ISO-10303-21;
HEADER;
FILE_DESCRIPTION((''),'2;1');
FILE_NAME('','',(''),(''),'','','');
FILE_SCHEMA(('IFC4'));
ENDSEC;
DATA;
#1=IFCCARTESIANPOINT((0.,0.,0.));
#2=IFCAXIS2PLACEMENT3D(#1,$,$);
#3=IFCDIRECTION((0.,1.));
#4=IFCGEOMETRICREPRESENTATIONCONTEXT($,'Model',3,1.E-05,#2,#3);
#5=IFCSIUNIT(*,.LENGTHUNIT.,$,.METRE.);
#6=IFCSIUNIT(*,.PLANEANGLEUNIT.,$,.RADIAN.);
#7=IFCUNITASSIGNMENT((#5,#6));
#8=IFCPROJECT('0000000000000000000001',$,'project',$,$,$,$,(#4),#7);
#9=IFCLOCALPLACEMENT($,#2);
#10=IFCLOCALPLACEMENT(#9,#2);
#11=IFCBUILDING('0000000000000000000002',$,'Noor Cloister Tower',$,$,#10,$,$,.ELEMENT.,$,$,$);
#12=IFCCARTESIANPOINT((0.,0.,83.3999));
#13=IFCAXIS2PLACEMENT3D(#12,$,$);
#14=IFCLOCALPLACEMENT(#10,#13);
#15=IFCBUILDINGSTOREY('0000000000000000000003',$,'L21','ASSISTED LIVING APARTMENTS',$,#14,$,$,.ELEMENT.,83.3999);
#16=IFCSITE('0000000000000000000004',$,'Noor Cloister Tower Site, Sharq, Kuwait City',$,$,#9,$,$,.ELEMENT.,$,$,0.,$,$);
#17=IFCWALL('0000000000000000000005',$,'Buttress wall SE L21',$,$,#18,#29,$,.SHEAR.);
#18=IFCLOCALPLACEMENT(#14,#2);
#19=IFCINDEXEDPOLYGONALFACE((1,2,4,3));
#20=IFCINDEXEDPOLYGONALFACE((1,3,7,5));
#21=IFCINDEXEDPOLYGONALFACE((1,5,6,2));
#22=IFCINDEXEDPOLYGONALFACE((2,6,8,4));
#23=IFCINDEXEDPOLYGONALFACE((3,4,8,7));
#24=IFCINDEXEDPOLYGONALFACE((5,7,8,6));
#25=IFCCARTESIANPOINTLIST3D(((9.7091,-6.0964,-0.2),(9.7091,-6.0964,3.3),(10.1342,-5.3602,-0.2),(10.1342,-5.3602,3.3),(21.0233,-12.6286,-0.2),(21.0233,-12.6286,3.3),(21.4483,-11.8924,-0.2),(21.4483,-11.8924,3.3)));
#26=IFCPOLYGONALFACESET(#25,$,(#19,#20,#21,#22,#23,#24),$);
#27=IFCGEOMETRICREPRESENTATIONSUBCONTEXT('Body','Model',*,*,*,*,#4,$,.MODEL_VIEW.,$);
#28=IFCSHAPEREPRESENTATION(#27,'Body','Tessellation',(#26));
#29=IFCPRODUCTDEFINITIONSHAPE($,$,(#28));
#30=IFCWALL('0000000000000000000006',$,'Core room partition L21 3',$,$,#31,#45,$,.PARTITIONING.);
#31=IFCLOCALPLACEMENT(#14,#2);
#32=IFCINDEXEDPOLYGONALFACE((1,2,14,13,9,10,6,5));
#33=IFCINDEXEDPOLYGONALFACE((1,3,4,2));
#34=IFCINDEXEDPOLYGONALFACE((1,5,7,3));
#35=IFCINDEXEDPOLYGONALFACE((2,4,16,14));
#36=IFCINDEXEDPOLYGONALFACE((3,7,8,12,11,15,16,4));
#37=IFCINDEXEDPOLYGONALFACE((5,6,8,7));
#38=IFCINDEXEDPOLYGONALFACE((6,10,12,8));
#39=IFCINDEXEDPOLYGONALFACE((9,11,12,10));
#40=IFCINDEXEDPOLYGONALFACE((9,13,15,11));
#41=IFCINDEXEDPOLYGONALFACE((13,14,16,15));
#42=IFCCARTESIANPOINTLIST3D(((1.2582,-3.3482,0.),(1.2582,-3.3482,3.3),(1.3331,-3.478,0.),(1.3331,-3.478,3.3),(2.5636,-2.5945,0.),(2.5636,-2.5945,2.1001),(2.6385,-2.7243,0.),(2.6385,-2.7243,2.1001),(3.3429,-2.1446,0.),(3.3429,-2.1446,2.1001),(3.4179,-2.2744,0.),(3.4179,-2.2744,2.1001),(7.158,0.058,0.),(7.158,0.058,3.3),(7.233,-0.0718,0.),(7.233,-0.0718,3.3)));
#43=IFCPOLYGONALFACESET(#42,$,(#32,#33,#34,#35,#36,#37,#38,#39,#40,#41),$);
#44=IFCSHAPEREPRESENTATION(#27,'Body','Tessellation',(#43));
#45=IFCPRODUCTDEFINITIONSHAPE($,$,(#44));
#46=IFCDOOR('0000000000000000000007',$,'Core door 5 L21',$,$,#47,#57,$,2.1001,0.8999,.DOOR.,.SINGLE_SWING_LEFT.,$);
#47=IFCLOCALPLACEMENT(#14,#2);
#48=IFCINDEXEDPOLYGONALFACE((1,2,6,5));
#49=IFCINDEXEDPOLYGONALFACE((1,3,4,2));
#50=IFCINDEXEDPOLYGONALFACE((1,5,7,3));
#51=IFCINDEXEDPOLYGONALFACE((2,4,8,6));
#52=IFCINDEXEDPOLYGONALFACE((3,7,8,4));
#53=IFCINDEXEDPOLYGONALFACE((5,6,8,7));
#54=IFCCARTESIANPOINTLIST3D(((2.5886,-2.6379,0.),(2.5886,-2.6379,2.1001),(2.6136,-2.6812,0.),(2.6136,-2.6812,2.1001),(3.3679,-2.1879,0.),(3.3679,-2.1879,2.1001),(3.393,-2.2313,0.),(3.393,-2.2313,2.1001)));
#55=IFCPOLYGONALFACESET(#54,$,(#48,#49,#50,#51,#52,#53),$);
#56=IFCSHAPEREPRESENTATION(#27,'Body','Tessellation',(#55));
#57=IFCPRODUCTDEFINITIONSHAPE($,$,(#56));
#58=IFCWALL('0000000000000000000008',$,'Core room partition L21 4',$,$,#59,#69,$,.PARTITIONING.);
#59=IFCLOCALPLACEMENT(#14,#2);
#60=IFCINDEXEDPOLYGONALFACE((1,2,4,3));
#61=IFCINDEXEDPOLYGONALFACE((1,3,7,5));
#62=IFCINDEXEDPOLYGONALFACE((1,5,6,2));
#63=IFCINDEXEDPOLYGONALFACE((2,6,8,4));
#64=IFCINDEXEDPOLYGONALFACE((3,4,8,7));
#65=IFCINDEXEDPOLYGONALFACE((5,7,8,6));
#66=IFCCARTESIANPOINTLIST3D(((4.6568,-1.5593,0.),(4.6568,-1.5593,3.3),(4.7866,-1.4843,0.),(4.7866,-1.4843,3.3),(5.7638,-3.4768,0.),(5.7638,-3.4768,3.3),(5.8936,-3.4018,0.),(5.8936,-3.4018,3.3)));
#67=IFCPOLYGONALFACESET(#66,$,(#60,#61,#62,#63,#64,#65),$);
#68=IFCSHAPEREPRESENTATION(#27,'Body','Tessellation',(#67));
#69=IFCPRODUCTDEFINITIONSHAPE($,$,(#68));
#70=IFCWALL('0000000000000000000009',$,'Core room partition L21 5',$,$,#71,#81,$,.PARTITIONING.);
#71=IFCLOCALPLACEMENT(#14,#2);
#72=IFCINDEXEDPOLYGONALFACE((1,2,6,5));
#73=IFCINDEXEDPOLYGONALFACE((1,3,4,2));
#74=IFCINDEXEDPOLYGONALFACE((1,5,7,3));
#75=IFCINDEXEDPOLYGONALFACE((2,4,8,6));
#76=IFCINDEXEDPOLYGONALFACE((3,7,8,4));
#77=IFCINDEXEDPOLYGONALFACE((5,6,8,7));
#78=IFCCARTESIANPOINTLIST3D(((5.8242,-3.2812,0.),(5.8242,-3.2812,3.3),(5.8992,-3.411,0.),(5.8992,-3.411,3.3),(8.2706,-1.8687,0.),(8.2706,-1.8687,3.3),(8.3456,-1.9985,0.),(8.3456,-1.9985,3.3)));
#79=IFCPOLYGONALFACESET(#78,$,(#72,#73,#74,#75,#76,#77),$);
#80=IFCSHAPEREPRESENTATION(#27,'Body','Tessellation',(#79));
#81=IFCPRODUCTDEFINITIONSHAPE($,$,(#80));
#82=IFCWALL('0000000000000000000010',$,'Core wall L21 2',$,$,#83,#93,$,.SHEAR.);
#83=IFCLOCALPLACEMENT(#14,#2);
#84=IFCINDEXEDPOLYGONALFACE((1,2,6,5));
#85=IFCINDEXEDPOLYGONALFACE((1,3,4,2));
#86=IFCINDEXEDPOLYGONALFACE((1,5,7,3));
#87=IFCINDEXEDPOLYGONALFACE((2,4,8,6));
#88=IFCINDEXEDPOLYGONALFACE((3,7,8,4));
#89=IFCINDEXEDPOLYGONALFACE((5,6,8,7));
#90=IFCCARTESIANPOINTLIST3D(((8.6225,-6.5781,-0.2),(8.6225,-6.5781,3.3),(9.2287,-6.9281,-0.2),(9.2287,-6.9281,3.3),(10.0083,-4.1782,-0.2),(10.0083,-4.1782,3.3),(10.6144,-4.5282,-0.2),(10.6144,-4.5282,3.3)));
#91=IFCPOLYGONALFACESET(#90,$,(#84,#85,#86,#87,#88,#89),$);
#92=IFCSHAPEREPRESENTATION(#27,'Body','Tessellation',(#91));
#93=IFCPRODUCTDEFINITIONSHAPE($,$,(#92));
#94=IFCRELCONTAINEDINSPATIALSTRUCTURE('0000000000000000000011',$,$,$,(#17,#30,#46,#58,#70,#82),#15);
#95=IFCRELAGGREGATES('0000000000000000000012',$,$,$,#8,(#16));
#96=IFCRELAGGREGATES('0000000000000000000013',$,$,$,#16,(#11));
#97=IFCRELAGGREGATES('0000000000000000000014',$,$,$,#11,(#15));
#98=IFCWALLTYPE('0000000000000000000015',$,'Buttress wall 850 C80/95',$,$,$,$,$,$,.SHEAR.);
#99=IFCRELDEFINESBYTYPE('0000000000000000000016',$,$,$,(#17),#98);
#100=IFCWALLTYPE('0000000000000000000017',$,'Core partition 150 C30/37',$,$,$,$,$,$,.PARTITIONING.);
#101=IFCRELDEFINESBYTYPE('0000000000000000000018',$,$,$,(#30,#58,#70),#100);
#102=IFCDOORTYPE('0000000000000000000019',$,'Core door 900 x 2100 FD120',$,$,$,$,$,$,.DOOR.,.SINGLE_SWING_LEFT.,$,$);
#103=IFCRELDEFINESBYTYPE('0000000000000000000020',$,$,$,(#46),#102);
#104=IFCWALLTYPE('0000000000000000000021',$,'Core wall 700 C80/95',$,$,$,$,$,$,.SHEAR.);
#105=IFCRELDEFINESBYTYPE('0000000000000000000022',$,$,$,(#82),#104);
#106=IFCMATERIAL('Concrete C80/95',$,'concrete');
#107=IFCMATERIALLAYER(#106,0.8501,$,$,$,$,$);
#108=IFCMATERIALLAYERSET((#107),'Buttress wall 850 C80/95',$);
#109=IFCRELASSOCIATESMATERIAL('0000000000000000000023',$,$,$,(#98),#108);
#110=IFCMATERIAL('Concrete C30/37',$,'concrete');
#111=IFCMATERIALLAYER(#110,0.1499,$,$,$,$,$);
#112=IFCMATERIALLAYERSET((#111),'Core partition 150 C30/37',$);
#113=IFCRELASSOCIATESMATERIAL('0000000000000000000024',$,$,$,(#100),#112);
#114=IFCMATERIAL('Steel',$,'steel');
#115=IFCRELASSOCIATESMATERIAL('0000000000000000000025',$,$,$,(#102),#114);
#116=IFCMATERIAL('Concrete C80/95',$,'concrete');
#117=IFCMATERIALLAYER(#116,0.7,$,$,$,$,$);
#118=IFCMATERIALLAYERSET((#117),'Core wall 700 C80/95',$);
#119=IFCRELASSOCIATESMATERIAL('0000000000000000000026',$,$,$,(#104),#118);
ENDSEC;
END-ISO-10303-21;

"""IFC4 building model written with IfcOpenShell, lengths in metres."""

from ifc_helpers import new_model, si_unit, direction, frame, frame_2d, origin, place, context, subcontext, project, spatial, rectangle, extrude, material, layer, layer_set, type_object, element, fill, save


model = new_model("IFC4")

# Units and contexts
model_context = context("Model", 3, precision=1e-05, world=origin(), true_north=direction((0.0, 1.0)))
body_context = subcontext(model_context, "Body", "Model", "MODEL_VIEW")
ifc_project = project(units=[si_unit("LENGTHUNIT", "METRE"), si_unit("PLANEANGLEUNIT", "RADIAN")], contexts=[model_context])

# Site, building, storey
site_placement = place(None, origin())
site = spatial("IfcSite", under=ifc_project, at=site_placement, Name="Noor Cloister Tower Site, Sharq, Kuwait City", CompositionType="ELEMENT", RefElevation=0.0)
building_placement = place(site_placement, origin())
building = spatial("IfcBuilding", under=site, at=building_placement, Name="Noor Cloister Tower", CompositionType="ELEMENT")
storey_placement = place(building_placement, frame((0.0, 0.0, 83.3999)))
storey = spatial("IfcBuildingStorey", under=building, at=storey_placement, Name="L21", Description="ASSISTED LIVING APARTMENTS", CompositionType="ELEMENT", Elevation=83.3999)

# Wall
ifc_material_1 = material(Name="Concrete C80/95", Category="concrete")
ifc_layer_1 = layer(ifc_material_1, 0.8501)
ifc_layer_set_1 = layer_set([ifc_layer_1], Name="Buttress wall 850 C80/95")
wall_type_1 = type_object("IfcWallType", Name="Buttress wall 850 C80/95", PredefinedType="SHEAR", material=ifc_layer_set_1)
wall_1_placement = place(storey_placement, frame((9.9216, -5.7283, -0.2), z_axis=(0.0, 0.0, 1.0), x_axis=(0.866027, -0.499998, 0.0)))
element("IfcWall", 1, at=wall_1_placement, inside=storey, type_object=wall_type_1, Name="Buttress wall SE L21", PredefinedType="SHEAR", context=body_context, shape_type="SweptSolid", body=[
    extrude(rectangle(XDim=13.0645, YDim=0.8501, at=frame_2d((6.5322, 0.0))), origin(), (0.0, 0.0, 1.0), 3.5),
])

# Wall, opening, door
ifc_material_2 = material(Name="Concrete C30/37", Category="concrete")
ifc_layer_2 = layer(ifc_material_2, 0.1499)
ifc_layer_set_2 = layer_set([ifc_layer_2], Name="Core partition 150 C30/37")
wall_type_2 = type_object("IfcWallType", Name="Core partition 150 C30/37", PredefinedType="PARTITIONING", material=ifc_layer_set_2)
wall_2_placement = place(storey_placement, frame((1.2957, -3.4131, 0.0), z_axis=(0.0, 0.0, 1.0), x_axis=(0.866029, 0.499993, 0.0)))
wall_2 = element("IfcWall", 2, at=wall_2_placement, inside=storey, type_object=wall_type_2, Name="Core room partition L21 3", PredefinedType="PARTITIONING", context=body_context, shape_type="SweptSolid", body=[
    extrude(rectangle(XDim=6.8125, YDim=0.1499, at=frame_2d((3.4062, 0.0))), origin(), (0.0, 0.0, 1.0), 3.3),
])
opening_1_placement = place(wall_2_placement, frame((1.5073, 0.0, 0.0)))
opening_1 = element("IfcOpeningElement", 3, at=opening_1_placement, cuts=wall_2, PredefinedType="OPENING", context=body_context, shape_type="SweptSolid", body=[
    extrude(rectangle(XDim=0.8999, YDim=2.1001, at=frame_2d((0.45, 1.05))), frame((0.0, 0.085, 0.0), z_axis=(0.0, -1.0, 0.0), x_axis=(1.0, 0.0, 0.0)), (0.0, 0.0, 1.0), 0.1699),
])
ifc_material_3 = material(Name="Steel", Category="steel")
door_type_1 = type_object("IfcDoorType", Name="Core door 900 x 2100 FD120", OperationType="SINGLE_SWING_LEFT", PredefinedType="DOOR", material=ifc_material_3)
door_1_placement = place(opening_1_placement, origin())
door_1 = element("IfcDoor", 4, at=door_1_placement, inside=storey, type_object=door_type_1, Name="Core door 5 L21", OperationType="SINGLE_SWING_LEFT", OverallHeight=2.1001, OverallWidth=0.8999, PredefinedType="DOOR", context=body_context, shape_type="SweptSolid", body=[
    extrude(rectangle(XDim=0.8999, YDim=2.1001, at=frame_2d((0.45, 1.05))), frame((0.0, 0.0249, 0.0), z_axis=(0.0, -1.0, 0.0), x_axis=(1.0, 0.0, 0.0)), (0.0, 0.0, 1.0), 0.05),
])
fill(opening_1, door_1)

# Walls
wall_3_placement = place(storey_placement, frame((5.8286, -3.4392, 0.0), z_axis=(0.0, 0.0, 1.0), x_axis=(-0.499958, 0.86605, 0.0)))
element("IfcWall", 5, at=wall_3_placement, inside=storey, type_object=wall_type_2, Name="Core room partition L21 4", PredefinedType="PARTITIONING", context=body_context, shape_type="SweptSolid", body=[
    extrude(rectangle(XDim=2.2141, YDim=0.1499, at=frame_2d((1.1069, 0.0))), origin(), (0.0, 0.0, 1.0), 3.3),
])
wall_4_placement = place(storey_placement, frame((5.8616, -3.3462, 0.0), z_axis=(0.0, 0.0, 1.0), x_axis=(0.866011, 0.500024, 0.0)))
element("IfcWall", 6, at=wall_4_placement, inside=storey, type_object=wall_type_2, Name="Core room partition L21 5", PredefinedType="PARTITIONING", context=body_context, shape_type="SweptSolid", body=[
    extrude(rectangle(XDim=2.825, YDim=0.1499, at=frame_2d((1.4126, 0.0))), origin(), (0.0, 0.0, 1.0), 3.3),
])
ifc_material_4 = material(Name="Concrete C80/95", Category="concrete")
ifc_layer_3 = layer(ifc_material_4, 0.7)
ifc_layer_set_3 = layer_set([ifc_layer_3], Name="Core wall 700 C80/95")
wall_type_3 = type_object("IfcWallType", Name="Core wall 700 C80/95", PredefinedType="SHEAR", material=ifc_layer_set_3)
wall_5_placement = place(storey_placement, frame((8.9255, -6.7532, -0.2), z_axis=(0.0, 0.0, 1.0), x_axis=(0.500043, 0.866001, 0.0)))
element("IfcWall", 7, at=wall_5_placement, inside=storey, type_object=wall_type_3, Name="Core wall L21 2", PredefinedType="SHEAR", context=body_context, shape_type="SweptSolid", body=[
    extrude(rectangle(XDim=2.7712, YDim=0.7, at=frame_2d((1.3857, 0.0))), origin(), (0.0, 0.0, 1.0), 3.5),
])

save(model, "model.ifc")
